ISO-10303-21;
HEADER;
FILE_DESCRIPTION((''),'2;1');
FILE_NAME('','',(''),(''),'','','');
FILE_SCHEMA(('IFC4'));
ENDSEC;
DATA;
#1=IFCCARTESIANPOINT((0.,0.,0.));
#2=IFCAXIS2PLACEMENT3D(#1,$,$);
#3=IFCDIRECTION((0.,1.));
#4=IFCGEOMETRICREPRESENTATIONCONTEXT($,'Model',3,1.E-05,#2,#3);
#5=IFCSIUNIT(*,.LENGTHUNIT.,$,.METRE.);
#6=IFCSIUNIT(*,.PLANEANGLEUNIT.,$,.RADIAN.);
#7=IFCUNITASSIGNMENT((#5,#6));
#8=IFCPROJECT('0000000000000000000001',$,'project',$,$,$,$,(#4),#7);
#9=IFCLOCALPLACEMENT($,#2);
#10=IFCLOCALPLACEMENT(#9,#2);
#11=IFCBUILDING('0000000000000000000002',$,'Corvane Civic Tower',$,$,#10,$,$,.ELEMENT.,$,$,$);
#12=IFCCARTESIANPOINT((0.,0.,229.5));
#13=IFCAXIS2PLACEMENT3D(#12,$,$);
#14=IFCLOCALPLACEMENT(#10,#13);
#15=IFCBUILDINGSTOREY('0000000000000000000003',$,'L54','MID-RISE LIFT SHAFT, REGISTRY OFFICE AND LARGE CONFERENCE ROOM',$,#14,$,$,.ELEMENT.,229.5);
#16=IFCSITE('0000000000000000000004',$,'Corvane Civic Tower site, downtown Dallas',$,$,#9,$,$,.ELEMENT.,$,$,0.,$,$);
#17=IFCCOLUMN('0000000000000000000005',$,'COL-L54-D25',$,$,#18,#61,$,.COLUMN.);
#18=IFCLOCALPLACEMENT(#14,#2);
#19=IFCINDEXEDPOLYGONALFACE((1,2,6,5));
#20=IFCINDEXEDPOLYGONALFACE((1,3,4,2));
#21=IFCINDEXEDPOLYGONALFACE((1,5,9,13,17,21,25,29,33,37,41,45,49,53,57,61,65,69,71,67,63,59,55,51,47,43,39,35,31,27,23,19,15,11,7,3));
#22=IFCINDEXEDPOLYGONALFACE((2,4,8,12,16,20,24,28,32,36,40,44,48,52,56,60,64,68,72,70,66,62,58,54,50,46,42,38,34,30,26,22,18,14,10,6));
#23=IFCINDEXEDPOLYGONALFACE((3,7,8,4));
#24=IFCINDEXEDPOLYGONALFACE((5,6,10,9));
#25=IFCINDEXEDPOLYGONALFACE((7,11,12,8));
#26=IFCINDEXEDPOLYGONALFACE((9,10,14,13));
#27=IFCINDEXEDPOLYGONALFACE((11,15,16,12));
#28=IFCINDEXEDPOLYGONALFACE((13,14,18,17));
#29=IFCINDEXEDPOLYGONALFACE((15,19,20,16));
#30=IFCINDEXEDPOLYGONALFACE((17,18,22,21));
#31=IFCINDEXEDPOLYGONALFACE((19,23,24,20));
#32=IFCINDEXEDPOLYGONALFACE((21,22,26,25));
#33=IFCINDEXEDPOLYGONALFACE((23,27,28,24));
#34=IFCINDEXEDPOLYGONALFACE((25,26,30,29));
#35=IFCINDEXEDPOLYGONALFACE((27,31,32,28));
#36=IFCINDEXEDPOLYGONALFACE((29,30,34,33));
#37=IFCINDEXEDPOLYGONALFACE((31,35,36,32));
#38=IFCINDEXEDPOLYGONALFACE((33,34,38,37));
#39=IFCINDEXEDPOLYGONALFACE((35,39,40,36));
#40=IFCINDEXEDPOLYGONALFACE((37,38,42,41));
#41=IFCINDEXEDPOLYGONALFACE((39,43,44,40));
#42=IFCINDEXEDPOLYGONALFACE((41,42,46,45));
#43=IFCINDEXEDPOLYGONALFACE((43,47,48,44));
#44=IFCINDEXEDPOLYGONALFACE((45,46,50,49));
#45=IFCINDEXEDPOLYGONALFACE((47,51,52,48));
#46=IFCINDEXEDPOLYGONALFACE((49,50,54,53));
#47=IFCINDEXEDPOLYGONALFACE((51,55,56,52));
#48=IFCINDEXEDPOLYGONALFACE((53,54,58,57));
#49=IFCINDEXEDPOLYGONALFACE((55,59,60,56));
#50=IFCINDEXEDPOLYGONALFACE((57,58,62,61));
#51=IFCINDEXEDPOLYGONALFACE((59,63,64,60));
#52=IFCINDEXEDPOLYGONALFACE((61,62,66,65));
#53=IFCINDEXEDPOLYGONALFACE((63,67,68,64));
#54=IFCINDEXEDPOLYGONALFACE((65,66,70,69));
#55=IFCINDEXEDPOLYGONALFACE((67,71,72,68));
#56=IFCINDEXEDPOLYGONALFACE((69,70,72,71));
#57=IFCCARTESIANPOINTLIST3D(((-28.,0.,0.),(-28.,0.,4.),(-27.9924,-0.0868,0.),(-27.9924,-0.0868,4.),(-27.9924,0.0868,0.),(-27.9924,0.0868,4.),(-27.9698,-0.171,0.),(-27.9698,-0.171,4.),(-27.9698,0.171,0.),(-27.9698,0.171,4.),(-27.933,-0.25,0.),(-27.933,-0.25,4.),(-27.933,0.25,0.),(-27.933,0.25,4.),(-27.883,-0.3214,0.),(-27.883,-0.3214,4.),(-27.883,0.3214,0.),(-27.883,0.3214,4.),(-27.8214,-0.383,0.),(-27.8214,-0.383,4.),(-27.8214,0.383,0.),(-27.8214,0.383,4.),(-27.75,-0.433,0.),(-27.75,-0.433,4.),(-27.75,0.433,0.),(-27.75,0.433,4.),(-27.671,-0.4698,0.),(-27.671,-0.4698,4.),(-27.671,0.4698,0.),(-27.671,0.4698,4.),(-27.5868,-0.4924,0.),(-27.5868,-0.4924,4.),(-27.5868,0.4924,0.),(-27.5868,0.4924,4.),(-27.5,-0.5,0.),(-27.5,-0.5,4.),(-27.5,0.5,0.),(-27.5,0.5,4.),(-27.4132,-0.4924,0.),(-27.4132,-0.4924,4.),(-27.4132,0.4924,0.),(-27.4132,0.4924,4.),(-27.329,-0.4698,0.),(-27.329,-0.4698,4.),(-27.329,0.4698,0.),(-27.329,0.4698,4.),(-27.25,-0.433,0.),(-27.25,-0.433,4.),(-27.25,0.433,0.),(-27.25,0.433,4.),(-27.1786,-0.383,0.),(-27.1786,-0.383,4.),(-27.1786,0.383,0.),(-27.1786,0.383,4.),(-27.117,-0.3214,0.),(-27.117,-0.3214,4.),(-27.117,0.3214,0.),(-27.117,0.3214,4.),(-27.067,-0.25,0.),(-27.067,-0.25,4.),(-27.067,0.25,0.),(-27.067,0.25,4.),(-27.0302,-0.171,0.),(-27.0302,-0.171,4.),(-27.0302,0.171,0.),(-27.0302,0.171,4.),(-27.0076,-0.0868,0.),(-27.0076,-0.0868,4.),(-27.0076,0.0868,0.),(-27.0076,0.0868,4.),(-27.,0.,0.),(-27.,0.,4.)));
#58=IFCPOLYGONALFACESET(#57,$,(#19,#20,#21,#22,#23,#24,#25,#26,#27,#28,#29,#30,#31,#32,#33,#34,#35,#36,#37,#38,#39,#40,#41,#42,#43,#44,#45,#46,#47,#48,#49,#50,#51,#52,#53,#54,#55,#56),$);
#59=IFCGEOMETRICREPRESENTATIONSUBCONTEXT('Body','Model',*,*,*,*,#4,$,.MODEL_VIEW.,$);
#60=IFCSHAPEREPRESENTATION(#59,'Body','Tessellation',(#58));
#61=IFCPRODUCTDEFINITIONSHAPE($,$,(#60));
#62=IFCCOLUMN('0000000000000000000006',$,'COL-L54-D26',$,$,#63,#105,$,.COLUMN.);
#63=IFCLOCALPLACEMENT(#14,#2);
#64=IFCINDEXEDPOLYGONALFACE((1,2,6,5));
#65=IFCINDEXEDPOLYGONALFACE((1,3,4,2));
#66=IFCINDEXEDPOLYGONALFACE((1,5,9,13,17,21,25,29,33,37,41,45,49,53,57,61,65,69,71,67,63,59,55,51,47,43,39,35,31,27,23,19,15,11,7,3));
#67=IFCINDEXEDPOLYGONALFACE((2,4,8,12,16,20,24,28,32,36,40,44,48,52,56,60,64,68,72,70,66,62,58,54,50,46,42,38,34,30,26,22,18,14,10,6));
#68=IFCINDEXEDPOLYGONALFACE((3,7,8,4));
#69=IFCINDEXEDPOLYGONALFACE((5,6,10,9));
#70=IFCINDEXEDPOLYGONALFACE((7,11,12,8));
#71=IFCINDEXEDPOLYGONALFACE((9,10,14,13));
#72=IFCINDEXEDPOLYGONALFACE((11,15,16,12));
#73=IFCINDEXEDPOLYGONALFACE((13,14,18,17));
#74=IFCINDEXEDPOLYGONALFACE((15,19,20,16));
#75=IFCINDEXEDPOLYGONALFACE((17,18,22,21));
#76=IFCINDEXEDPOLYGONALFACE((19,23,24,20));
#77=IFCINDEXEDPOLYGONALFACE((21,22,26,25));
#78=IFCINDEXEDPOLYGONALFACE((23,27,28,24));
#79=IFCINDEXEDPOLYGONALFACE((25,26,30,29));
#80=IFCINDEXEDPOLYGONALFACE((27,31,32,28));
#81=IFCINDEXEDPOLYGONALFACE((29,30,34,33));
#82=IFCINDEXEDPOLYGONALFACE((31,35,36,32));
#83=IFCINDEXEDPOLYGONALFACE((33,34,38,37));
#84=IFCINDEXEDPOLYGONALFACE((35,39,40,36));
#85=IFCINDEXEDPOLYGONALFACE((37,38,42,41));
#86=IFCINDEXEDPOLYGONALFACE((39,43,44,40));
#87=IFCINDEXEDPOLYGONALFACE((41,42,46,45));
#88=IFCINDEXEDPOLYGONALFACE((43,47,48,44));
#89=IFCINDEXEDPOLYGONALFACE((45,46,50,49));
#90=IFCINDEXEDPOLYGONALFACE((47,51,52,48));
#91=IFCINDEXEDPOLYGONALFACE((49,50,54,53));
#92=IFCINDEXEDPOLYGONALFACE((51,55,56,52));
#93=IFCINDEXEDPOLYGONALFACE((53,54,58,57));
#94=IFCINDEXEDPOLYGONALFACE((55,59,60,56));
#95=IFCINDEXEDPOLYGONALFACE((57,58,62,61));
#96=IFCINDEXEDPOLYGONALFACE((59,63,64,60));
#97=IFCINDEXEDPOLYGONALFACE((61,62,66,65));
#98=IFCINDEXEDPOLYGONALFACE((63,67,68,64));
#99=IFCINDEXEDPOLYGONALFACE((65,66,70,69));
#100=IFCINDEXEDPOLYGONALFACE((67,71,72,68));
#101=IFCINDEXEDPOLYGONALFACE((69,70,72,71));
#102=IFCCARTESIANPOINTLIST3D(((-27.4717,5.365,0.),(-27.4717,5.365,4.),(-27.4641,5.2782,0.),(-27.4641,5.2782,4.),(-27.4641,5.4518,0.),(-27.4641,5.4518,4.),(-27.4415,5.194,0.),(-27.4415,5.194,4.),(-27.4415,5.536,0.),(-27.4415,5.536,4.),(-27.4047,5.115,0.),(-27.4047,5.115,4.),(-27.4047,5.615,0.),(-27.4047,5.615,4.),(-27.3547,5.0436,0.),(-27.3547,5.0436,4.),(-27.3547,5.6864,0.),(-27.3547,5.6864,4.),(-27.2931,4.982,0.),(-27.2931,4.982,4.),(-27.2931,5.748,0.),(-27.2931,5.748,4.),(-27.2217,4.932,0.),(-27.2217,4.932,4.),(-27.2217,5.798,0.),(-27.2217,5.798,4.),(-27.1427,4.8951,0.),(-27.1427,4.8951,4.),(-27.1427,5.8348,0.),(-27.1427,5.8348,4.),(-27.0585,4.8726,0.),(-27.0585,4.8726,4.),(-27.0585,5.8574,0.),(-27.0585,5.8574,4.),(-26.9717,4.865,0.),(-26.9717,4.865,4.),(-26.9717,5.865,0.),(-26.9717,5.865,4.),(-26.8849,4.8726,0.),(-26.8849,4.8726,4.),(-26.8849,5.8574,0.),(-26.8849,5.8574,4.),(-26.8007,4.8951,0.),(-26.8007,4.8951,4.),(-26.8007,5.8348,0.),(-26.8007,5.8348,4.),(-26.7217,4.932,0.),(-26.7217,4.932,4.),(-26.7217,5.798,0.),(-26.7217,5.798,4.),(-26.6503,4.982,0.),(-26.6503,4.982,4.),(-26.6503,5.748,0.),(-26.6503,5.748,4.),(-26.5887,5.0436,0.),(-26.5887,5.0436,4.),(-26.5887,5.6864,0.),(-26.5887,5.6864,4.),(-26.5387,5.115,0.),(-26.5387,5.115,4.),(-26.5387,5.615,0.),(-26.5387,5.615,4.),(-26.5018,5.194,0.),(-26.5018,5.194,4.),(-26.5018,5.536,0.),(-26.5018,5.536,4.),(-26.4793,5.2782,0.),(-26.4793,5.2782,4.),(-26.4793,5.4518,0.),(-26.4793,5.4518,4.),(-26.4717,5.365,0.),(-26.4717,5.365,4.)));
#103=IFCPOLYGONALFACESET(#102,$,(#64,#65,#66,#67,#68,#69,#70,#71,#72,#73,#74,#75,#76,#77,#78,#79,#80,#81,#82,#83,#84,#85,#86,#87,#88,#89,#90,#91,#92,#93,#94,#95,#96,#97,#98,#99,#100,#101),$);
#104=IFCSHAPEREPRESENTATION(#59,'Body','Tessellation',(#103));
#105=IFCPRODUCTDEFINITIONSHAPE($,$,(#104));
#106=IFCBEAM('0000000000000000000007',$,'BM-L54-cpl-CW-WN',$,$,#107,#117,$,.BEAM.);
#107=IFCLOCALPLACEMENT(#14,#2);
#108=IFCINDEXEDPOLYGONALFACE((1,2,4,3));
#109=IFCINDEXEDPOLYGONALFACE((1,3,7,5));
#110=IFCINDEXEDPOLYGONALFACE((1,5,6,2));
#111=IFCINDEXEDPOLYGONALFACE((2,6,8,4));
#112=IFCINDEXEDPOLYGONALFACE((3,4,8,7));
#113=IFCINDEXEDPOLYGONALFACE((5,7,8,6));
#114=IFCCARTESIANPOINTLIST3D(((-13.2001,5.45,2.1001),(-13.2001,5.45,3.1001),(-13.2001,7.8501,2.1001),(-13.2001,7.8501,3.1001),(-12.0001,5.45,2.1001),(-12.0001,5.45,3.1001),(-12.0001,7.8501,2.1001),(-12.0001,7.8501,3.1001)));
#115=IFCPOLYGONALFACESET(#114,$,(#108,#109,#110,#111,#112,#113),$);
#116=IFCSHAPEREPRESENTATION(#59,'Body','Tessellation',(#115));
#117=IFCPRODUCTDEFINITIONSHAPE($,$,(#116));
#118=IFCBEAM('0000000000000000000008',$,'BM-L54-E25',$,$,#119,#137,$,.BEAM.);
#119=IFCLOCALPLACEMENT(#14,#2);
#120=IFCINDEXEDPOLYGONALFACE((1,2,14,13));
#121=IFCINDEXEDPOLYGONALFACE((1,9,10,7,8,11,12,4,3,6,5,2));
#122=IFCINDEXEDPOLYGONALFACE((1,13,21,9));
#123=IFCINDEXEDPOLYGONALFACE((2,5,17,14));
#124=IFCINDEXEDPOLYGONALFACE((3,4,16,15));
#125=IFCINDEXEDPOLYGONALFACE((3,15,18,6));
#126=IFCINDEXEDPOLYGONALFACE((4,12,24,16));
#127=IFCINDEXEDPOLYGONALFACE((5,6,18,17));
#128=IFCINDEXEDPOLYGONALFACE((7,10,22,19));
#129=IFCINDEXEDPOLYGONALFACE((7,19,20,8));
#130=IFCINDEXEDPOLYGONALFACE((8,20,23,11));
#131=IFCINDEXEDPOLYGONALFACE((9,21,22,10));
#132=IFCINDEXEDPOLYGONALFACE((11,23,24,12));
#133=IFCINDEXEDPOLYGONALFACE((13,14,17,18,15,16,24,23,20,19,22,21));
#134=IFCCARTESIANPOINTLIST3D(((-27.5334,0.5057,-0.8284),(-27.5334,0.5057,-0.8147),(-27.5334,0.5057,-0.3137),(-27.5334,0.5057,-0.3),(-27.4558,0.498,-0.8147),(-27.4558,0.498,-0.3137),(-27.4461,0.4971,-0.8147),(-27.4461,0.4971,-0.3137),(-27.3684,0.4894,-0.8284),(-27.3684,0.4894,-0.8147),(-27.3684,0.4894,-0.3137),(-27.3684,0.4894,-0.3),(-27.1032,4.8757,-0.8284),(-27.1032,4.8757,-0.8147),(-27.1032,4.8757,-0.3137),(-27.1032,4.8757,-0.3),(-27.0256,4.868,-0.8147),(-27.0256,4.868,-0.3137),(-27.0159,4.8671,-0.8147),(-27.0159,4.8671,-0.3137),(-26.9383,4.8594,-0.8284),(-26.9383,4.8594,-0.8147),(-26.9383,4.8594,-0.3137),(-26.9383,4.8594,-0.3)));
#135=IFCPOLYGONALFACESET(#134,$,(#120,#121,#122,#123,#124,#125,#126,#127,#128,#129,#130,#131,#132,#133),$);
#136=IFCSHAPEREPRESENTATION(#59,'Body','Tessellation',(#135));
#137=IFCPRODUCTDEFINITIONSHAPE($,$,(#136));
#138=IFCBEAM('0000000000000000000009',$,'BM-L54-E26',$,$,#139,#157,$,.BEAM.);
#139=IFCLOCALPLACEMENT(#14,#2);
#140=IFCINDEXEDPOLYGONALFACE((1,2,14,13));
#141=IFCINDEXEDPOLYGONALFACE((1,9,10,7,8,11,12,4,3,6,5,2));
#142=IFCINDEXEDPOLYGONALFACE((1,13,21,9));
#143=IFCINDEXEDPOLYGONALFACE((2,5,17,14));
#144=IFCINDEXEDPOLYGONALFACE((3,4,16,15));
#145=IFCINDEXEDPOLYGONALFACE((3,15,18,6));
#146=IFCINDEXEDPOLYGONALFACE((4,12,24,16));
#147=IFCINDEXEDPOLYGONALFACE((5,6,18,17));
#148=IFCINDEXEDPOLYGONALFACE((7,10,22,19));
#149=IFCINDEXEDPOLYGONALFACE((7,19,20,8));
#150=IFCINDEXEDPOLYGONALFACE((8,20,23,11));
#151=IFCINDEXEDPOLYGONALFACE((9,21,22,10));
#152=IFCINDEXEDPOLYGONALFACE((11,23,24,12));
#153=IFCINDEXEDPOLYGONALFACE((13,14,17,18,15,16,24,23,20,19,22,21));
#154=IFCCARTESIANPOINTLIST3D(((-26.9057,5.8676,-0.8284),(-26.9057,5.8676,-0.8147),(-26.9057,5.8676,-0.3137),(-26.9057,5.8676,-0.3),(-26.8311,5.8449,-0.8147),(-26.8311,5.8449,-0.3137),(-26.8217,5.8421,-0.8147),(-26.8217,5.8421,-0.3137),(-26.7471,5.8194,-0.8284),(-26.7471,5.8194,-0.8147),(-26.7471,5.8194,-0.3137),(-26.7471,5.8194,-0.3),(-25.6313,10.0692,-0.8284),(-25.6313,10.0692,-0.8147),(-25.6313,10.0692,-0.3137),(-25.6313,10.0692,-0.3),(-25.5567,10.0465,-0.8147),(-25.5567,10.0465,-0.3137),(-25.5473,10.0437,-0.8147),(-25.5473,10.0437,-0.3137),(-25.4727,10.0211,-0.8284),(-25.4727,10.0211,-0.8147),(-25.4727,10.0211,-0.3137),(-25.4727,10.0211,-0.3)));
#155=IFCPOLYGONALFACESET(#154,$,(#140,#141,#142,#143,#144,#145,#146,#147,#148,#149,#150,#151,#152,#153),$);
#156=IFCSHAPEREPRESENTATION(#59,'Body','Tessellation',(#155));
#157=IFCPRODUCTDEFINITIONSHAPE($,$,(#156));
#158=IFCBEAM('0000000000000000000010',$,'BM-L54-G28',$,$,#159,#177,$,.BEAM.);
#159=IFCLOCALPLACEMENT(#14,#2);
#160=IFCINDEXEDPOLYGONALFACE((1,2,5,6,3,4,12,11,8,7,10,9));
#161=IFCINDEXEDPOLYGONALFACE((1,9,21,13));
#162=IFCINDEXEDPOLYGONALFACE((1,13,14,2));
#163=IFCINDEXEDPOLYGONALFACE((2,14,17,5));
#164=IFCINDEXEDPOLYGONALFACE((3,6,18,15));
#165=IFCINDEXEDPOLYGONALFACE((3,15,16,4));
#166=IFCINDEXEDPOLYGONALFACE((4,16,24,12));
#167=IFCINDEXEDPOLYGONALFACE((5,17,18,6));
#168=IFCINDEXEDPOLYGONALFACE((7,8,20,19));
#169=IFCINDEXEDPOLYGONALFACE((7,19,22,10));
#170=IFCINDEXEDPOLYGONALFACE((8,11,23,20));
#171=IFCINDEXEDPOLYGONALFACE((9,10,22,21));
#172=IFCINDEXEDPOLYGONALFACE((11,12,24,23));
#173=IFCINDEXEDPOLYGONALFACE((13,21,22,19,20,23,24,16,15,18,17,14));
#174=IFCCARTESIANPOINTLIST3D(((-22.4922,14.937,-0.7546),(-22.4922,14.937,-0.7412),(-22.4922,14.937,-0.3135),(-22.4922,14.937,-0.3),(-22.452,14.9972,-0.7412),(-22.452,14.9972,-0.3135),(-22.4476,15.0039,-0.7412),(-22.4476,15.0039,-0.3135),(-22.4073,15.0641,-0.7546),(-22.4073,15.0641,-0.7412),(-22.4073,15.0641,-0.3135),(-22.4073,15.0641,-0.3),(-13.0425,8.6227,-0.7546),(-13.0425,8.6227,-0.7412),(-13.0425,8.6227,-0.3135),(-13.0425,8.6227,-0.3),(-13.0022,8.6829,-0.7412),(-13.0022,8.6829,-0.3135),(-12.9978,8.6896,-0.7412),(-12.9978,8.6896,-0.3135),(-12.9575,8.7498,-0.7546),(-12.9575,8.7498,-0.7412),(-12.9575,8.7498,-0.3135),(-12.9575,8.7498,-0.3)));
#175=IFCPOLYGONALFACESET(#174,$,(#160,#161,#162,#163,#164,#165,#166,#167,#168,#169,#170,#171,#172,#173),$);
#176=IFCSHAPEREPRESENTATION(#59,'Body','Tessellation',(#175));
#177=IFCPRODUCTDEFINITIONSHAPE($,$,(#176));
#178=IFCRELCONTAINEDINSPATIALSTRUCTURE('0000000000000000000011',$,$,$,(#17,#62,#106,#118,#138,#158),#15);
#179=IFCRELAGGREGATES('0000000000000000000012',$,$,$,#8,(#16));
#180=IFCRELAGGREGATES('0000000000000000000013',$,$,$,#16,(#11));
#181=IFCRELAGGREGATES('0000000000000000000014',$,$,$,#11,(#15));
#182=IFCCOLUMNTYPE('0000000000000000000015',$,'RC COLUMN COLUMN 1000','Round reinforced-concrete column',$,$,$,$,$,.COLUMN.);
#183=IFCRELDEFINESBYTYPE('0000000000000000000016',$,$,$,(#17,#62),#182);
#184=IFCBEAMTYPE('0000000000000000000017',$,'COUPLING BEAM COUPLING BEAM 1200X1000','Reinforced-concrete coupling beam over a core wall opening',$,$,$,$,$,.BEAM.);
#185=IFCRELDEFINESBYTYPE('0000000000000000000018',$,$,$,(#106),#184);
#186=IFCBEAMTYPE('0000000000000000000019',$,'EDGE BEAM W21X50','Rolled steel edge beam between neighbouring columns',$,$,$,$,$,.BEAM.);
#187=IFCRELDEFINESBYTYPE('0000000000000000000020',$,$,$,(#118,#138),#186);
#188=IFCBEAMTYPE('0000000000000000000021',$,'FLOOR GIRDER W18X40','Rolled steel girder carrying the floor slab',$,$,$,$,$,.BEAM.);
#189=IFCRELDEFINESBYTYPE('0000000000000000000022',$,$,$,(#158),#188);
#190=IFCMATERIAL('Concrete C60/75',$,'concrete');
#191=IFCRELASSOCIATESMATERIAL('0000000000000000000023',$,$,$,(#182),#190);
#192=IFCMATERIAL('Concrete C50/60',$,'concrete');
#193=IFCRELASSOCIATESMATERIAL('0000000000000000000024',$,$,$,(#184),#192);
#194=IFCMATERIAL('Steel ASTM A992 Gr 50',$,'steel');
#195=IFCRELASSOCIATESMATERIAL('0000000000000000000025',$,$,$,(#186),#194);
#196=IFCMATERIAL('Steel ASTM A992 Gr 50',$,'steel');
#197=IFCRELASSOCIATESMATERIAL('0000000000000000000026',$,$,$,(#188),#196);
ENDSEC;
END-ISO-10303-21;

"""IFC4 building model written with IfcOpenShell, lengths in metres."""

from ifc_helpers import new_model, si_unit, direction, frame, origin, origin_2d, place, context, subcontext, project, spatial, rectangle, circle, i_section, extrude, material, material_profile, profile_set, type_object, element, save


model = new_model("IFC4")

# Units and contexts
model_context = context("Model", 3, precision=1e-05, world=origin(), true_north=direction((0.0, 1.0)))
body_context = subcontext(model_context, "Body", "Model", "MODEL_VIEW")
ifc_project = project(units=[si_unit("LENGTHUNIT", "METRE"), si_unit("PLANEANGLEUNIT", "RADIAN")], contexts=[model_context])

# Site, building, storey
site_placement = place(None, origin())
site = spatial("IfcSite", under=ifc_project, at=site_placement, Name="Corvane Civic Tower site, downtown Dallas", CompositionType="ELEMENT", RefElevation=0.0)
building_placement = place(site_placement, origin())
building = spatial("IfcBuilding", under=site, at=building_placement, Name="Corvane Civic Tower", CompositionType="ELEMENT")
storey_placement = place(building_placement, frame((0.0, 0.0, 229.5)))
storey = spatial("IfcBuildingStorey", under=building, at=storey_placement, Name="L54", Description="MID-RISE LIFT SHAFT, REGISTRY OFFICE AND LARGE CONFERENCE ROOM", CompositionType="ELEMENT", Elevation=229.5)

# Columns
ifc_material_1 = material(Name="Concrete C60/75", Category="concrete")
ifc_material_profile_1 = material_profile(ifc_material_1, circle(Radius=0.5, at=origin_2d()), Name="COLUMN 1000")
ifc_profile_set_1 = profile_set([ifc_material_profile_1], Name="Concrete C60/75")
column_type = type_object("IfcColumnType", Name="RC COLUMN COLUMN 1000", Description="Round reinforced-concrete column", PredefinedType="COLUMN", material=ifc_profile_set_1)
for number, where, z_axis, x_axis, name in (
    (1, (-27.5, 0.0, 0.0), (0.0, 0.0, 1.0), (1.0, 0.0, 0.0), "COL-L54-D25"),
    (2, (-26.9717, 5.365, 0.0), (0.0, 0.0, 1.0), (1.0, 0.0, 0.0), "COL-L54-D26"),
):
    element("IfcColumn", number, at=place(storey_placement, frame(where, z_axis=z_axis, x_axis=x_axis)), inside=storey, type_object=column_type, Name=name, PredefinedType="COLUMN", context=body_context, shape_type="SweptSolid", body=[
        extrude(circle(Radius=0.5, at=origin_2d()), origin(), (0.0, 0.0, 1.0), 4.0),
    ])

# Beams
ifc_material_2 = material(Name="Concrete C50/60", Category="concrete")
ifc_material_profile_2 = material_profile(ifc_material_2, rectangle(XDim=1.2, YDim=1.0, at=origin_2d()), Name="COUPLING BEAM 1200X1000")
ifc_profile_set_2 = profile_set([ifc_material_profile_2], Name="Concrete C50/60")
beam_type_1 = type_object("IfcBeamType", Name="COUPLING BEAM COUPLING BEAM 1200X1000", Description="Reinforced-concrete coupling beam over a core wall opening", PredefinedType="BEAM", material=ifc_profile_set_2)
beam_1_placement = place(storey_placement, frame((-12.6001, 5.45, 2.6001), z_axis=(0.0, 1.0, 0.0), x_axis=(-1.0, 0.0, 0.0)))
element("IfcBeam", 3, at=beam_1_placement, inside=storey, type_object=beam_type_1, Name="BM-L54-cpl-CW-WN", PredefinedType="BEAM", context=body_context, shape_type="SweptSolid", body=[
    extrude(rectangle(XDim=1.2, YDim=1.0, at=origin_2d()), origin(), (0.0, 0.0, 1.0), 2.4001),
])
ifc_material_3 = material(Name="Steel ASTM A992 Gr 50", Category="steel")
ifc_material_profile_3 = material_profile(ifc_material_3, i_section(OverallWidth=0.1658, OverallDepth=0.5283, WebThickness=0.0098, FlangeThickness=0.0137, at=origin_2d()), Name="W21X50")
ifc_profile_set_3 = profile_set([ifc_material_profile_3], Name="Steel ASTM A992 Gr 50")
beam_type_2 = type_object("IfcBeamType", Name="EDGE BEAM W21X50", Description="Rolled steel edge beam between neighbouring columns", PredefinedType="BEAM", material=ifc_profile_set_3)
beam_2_placement = place(storey_placement, frame((-27.4509, 0.4976, -0.5642), z_axis=(0.097968, 0.99519, 0.0), x_axis=(-0.99519, 0.097968, 0.0)))
element("IfcBeam", 4, at=beam_2_placement, inside=storey, type_object=beam_type_2, Name="BM-L54-E25", PredefinedType="BEAM", context=body_context, shape_type="SweptSolid", body=[
    extrude(i_section(OverallWidth=0.1658, OverallDepth=0.5283, WebThickness=0.0098, FlangeThickness=0.0137, at=origin_2d()), origin(), (0.0, 0.0, 1.0), 4.3911),
])
beam_3_placement = place(storey_placement, frame((-26.8264, 5.8435, -0.5642), z_axis=(0.290254, 0.95695, 0.0), x_axis=(-0.95695, 0.290254, 0.0)))
element("IfcBeam", 5, at=beam_3_placement, inside=storey, type_object=beam_type_2, Name="BM-L54-E26", PredefinedType="BEAM", context=body_context, shape_type="SweptSolid", body=[
    extrude(i_section(OverallWidth=0.1658, OverallDepth=0.5283, WebThickness=0.0098, FlangeThickness=0.0137, at=origin_2d()), origin(), (0.0, 0.0, 1.0), 4.3906),
])
ifc_material_4 = material(Name="Steel ASTM A992 Gr 50", Category="steel")
ifc_material_profile_4 = material_profile(ifc_material_4, i_section(OverallWidth=0.1528, OverallDepth=0.4546, WebThickness=0.0081, FlangeThickness=0.0134, at=origin_2d()), Name="W18X40")
ifc_profile_set_4 = profile_set([ifc_material_profile_4], Name="Steel ASTM A992 Gr 50")
beam_type_3 = type_object("IfcBeamType", Name="FLOOR GIRDER W18X40", Description="Rolled steel girder carrying the floor slab", PredefinedType="BEAM", material=ifc_profile_set_4)
beam_4_placement = place(storey_placement, frame((-13.0, 8.6863, -0.5273), z_axis=(-0.831465, 0.555577, 0.0), x_axis=(-0.555577, -0.831465, 0.0)))
element("IfcBeam", 6, at=beam_4_placement, inside=storey, type_object=beam_type_3, Name="BM-L54-G28", PredefinedType="BEAM", context=body_context, shape_type="SweptSolid", body=[
    extrude(i_section(OverallWidth=0.1528, OverallDepth=0.4546, WebThickness=0.0081, FlangeThickness=0.0134, at=origin_2d()), origin(), (0.0, 0.0, 1.0), 11.3652),
])

save(model, "model.ifc")
